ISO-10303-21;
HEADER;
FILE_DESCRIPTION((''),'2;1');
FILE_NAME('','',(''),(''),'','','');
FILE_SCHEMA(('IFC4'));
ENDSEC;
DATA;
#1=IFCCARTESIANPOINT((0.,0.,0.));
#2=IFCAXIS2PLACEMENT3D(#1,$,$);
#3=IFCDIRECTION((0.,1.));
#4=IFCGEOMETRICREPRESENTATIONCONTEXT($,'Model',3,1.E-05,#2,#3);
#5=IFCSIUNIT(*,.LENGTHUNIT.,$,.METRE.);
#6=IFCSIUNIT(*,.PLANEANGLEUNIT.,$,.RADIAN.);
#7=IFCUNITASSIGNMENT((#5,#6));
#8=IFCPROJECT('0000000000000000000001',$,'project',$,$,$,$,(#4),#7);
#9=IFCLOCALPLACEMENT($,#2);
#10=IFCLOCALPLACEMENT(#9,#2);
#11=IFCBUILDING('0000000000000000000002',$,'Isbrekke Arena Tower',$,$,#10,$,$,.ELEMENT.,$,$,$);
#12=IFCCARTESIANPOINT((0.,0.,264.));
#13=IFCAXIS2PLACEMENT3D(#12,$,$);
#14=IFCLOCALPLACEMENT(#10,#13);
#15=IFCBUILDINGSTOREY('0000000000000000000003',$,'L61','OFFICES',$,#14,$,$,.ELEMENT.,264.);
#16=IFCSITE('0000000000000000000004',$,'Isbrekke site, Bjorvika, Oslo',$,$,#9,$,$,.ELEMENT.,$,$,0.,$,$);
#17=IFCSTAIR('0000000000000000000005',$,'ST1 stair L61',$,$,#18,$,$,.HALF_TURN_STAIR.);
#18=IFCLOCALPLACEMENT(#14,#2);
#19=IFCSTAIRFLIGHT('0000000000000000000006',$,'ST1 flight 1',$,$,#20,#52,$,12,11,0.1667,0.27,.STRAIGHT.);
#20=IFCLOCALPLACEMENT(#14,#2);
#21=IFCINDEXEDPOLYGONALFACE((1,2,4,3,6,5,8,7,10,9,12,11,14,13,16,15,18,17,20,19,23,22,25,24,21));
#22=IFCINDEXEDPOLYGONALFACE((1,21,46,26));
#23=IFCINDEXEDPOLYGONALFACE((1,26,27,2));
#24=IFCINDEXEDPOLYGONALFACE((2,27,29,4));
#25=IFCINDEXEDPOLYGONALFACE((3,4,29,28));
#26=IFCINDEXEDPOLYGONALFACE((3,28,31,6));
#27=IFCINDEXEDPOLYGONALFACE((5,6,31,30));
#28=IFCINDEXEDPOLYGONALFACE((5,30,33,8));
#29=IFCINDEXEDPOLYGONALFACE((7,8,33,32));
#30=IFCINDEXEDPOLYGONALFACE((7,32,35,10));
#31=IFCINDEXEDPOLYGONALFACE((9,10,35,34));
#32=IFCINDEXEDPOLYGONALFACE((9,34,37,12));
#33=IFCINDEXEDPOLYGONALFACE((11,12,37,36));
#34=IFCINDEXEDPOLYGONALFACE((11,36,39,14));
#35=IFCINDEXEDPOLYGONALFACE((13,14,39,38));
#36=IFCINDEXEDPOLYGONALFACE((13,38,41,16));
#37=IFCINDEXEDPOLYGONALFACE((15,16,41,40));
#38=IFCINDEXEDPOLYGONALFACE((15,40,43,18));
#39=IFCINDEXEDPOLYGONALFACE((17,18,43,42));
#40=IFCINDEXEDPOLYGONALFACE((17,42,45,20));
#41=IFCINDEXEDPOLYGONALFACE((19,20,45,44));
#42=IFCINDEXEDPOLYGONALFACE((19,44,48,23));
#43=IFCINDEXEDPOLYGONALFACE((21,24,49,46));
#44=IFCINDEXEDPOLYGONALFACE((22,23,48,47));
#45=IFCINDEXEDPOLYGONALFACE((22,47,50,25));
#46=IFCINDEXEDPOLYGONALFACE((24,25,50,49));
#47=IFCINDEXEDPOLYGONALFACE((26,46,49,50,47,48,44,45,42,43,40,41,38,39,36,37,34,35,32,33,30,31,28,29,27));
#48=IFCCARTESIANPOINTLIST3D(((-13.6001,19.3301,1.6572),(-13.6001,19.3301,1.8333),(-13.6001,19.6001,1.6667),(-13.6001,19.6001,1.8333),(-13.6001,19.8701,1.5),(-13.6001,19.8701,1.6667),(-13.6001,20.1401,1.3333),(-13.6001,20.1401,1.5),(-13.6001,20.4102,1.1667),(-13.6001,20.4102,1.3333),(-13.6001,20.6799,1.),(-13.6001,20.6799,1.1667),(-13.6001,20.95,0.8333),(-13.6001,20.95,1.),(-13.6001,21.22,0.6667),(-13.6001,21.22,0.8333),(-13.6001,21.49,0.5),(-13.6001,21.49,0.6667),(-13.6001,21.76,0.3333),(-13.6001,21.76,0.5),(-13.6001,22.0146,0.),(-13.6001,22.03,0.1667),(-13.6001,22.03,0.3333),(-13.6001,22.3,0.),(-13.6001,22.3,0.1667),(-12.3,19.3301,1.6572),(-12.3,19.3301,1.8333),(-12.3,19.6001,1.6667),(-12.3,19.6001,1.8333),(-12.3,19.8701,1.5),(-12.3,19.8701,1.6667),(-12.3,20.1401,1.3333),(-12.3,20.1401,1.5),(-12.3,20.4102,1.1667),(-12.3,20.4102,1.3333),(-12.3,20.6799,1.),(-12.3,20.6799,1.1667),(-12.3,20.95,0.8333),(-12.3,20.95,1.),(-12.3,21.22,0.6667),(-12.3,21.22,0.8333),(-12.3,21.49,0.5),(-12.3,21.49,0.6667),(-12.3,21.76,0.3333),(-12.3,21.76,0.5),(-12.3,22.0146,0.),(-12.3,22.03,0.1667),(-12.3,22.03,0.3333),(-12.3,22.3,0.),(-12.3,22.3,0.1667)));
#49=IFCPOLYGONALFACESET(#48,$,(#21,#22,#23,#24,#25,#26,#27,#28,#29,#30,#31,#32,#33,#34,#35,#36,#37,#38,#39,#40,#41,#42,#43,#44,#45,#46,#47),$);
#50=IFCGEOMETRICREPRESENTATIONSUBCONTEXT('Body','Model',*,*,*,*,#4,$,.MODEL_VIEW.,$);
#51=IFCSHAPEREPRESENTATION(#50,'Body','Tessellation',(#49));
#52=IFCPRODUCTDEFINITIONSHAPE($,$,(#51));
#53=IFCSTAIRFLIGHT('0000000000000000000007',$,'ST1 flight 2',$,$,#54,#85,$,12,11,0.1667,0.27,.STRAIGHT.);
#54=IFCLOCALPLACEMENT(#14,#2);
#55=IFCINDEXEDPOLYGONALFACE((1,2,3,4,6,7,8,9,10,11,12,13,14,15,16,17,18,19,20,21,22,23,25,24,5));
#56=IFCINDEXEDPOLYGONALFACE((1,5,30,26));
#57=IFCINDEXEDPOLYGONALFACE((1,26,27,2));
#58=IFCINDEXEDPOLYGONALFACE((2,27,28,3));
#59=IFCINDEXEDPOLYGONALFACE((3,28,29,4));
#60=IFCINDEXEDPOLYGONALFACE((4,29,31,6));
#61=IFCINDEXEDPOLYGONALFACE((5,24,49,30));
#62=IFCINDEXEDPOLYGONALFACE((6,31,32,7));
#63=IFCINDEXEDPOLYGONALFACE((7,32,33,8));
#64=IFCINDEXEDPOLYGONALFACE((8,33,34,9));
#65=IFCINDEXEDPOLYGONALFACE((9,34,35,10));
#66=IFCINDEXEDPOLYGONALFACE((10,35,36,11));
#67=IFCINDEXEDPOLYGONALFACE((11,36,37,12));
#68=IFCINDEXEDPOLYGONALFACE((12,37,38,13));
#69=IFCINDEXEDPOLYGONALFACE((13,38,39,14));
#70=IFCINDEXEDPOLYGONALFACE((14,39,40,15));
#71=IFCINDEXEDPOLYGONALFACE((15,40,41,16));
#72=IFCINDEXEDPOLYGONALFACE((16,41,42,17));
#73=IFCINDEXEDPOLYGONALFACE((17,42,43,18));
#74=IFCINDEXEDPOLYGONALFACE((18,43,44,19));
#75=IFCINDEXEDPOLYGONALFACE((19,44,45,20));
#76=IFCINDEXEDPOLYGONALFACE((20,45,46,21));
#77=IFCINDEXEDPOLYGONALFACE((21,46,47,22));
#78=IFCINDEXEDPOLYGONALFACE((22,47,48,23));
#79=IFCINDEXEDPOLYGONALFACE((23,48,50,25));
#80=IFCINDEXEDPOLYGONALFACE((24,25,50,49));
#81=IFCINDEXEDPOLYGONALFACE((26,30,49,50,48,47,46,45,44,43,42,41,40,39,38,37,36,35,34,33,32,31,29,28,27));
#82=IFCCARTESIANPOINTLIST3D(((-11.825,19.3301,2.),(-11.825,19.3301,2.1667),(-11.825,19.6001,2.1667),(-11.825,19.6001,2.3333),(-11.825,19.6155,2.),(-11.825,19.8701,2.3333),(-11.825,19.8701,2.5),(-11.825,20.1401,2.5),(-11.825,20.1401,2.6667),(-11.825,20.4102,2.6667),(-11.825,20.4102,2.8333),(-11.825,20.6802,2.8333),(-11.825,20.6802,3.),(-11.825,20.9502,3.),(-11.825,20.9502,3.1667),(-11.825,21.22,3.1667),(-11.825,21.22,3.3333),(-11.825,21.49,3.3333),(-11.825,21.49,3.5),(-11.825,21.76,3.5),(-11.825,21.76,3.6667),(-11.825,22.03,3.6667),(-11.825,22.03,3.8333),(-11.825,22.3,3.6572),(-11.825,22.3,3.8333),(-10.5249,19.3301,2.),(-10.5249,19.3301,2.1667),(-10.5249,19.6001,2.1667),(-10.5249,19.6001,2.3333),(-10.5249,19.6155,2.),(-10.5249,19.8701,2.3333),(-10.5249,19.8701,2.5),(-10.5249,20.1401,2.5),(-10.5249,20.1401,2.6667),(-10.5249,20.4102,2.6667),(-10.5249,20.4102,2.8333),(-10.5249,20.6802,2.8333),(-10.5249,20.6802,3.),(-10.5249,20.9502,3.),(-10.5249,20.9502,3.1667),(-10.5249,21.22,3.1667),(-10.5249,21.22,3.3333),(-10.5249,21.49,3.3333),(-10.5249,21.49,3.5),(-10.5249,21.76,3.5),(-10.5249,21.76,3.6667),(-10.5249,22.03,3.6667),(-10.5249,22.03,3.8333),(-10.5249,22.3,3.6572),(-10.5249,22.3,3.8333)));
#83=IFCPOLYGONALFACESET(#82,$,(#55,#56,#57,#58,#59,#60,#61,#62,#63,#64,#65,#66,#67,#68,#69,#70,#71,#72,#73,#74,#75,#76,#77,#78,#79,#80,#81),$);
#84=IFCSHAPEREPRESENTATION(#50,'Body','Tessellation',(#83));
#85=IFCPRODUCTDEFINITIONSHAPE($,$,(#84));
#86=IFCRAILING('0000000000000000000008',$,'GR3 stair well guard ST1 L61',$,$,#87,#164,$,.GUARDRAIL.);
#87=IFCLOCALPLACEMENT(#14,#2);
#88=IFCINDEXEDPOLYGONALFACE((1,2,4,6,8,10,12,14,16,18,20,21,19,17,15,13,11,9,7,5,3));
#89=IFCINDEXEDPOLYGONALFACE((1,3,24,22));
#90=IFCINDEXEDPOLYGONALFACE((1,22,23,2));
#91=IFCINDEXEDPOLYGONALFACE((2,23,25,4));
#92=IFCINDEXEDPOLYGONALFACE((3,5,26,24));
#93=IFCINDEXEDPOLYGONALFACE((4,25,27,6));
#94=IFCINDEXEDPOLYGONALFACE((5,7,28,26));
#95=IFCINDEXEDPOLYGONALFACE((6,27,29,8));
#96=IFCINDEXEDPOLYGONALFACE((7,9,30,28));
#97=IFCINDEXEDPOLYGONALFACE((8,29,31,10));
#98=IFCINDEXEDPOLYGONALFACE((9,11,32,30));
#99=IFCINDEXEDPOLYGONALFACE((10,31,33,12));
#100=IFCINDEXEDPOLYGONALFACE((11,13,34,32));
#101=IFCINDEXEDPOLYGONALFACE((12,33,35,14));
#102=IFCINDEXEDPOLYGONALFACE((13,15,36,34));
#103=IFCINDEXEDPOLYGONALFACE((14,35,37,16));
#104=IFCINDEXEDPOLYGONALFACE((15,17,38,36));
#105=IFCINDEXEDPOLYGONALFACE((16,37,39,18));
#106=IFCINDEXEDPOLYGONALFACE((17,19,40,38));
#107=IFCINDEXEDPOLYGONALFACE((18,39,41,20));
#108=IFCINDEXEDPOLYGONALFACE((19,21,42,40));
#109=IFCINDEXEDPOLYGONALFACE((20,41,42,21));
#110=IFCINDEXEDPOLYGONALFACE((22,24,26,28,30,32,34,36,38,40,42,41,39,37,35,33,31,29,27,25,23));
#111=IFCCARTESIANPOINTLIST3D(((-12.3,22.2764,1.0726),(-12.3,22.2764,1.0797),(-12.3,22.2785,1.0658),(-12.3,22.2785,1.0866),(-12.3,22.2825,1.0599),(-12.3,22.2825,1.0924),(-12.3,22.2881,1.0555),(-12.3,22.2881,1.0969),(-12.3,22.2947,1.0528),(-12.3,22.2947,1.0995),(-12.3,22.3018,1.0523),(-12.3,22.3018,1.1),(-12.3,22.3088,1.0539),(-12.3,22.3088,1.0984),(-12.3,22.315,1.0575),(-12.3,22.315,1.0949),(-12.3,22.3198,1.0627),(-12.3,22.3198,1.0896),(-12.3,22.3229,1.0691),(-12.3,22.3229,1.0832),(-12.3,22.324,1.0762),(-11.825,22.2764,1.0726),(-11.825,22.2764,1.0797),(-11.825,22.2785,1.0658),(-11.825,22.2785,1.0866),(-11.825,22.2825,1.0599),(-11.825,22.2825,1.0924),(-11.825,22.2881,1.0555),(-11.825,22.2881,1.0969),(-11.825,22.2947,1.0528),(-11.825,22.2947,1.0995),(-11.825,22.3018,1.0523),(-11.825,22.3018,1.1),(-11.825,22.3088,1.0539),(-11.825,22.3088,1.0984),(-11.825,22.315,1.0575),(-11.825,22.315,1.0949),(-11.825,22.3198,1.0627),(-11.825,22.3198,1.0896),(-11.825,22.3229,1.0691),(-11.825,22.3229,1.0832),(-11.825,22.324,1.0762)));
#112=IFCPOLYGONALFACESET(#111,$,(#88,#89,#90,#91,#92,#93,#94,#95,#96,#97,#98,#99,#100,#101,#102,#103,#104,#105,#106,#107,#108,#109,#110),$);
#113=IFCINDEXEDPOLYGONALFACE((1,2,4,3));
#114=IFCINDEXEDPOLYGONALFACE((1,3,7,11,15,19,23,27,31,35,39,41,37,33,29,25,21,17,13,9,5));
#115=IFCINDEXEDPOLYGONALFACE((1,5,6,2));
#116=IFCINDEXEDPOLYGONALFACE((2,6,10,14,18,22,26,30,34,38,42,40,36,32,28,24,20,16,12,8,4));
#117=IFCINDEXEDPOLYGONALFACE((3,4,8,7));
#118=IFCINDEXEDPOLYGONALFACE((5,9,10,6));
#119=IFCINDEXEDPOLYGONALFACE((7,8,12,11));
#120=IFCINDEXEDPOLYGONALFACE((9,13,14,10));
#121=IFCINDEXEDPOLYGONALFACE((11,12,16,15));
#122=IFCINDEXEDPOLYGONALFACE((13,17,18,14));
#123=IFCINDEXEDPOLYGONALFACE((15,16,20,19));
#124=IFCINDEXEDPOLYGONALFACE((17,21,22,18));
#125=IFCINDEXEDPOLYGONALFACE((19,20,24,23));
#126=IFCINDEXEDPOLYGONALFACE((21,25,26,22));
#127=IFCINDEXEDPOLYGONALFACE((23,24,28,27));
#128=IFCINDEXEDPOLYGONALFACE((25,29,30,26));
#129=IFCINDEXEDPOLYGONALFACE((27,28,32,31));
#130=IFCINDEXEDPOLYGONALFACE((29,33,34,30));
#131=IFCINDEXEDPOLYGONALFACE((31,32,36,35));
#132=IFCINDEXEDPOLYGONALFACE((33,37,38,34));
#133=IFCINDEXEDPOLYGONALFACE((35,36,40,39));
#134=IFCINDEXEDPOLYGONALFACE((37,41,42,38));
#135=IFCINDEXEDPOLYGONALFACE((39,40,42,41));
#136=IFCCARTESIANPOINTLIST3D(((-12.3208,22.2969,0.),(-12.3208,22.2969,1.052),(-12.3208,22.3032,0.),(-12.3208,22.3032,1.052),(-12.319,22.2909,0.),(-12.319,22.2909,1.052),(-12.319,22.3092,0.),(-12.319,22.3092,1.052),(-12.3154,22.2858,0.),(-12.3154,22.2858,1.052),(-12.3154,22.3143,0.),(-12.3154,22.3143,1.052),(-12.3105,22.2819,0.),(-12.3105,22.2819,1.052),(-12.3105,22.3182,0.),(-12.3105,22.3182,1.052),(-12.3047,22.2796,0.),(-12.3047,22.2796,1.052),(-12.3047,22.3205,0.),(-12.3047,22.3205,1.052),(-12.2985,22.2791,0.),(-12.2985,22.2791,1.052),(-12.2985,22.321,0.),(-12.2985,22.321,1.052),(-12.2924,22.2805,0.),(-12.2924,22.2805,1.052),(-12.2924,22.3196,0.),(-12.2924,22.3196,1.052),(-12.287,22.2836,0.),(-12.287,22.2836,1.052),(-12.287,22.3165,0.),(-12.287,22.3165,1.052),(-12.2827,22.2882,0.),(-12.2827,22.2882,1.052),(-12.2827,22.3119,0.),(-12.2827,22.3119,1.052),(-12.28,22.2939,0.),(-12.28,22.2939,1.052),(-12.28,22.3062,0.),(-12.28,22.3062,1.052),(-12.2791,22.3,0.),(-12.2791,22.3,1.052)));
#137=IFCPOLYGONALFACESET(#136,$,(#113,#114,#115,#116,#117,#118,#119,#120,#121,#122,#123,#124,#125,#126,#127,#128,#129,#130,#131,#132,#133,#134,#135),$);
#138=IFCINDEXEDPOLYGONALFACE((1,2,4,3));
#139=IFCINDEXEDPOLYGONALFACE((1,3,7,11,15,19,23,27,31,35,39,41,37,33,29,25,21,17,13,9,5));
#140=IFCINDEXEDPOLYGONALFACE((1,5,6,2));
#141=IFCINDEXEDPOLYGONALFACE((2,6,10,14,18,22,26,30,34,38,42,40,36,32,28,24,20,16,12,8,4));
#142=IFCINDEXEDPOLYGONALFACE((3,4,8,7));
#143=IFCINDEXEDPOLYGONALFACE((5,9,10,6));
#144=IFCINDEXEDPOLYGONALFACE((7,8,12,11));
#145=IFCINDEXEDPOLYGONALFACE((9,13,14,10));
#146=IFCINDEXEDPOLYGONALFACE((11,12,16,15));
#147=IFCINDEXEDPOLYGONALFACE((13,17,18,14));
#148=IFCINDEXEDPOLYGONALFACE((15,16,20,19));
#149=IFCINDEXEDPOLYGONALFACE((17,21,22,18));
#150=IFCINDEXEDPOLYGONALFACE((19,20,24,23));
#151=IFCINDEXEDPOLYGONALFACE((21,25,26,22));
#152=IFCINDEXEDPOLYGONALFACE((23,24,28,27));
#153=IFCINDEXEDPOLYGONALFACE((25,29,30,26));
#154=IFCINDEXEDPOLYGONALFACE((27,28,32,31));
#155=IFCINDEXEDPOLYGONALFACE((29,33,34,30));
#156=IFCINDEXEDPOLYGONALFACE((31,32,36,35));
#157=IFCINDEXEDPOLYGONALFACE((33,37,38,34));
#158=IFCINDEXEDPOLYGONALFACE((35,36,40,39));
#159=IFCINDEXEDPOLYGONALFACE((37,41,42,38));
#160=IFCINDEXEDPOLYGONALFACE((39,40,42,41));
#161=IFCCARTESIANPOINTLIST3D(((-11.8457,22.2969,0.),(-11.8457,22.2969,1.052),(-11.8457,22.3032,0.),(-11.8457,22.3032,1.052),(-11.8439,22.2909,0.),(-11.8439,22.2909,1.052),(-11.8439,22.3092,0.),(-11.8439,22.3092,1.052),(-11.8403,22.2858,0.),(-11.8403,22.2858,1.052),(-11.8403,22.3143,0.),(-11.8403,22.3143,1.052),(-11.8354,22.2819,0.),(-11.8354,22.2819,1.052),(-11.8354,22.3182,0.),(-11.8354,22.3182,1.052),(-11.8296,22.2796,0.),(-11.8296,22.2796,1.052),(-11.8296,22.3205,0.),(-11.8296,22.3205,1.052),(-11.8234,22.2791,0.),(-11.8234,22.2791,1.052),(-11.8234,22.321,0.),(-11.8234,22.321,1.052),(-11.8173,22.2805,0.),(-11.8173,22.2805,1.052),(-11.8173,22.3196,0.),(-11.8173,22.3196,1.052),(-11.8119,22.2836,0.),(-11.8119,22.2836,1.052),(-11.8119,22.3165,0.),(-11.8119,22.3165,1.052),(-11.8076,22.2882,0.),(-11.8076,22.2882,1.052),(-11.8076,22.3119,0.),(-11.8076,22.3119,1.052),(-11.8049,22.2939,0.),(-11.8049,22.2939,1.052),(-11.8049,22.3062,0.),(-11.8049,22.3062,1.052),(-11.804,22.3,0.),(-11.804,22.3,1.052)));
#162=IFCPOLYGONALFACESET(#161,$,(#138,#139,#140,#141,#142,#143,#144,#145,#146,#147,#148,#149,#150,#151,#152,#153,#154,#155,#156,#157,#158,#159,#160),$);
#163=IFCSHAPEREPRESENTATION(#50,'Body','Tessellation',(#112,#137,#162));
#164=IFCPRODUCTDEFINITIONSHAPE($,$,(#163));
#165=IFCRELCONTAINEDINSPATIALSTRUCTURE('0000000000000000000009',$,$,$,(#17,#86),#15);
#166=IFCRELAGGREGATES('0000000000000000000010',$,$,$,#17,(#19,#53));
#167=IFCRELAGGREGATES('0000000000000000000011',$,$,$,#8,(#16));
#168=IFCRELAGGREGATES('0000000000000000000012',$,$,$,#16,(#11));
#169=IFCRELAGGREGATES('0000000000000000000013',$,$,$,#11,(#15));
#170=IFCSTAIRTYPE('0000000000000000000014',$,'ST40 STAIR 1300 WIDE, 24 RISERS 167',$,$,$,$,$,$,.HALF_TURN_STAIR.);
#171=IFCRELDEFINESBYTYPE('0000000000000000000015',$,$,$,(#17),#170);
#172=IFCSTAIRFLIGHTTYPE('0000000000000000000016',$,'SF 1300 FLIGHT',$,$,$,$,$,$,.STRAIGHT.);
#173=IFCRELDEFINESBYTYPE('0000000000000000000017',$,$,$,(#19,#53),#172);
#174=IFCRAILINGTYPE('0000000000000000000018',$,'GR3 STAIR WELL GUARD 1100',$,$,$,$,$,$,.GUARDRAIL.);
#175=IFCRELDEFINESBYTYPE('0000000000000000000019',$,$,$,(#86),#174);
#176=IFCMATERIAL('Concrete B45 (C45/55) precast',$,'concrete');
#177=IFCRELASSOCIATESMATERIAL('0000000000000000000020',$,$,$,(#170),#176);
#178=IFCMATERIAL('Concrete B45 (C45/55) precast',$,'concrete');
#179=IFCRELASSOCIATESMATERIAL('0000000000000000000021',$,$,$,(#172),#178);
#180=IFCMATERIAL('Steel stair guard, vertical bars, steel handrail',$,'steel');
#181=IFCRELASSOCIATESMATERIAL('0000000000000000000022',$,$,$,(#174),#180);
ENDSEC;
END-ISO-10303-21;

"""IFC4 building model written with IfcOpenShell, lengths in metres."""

from ifc_helpers import new_model, si_unit, direction, frame, origin, origin_2d, place, context, subcontext, project, spatial, polyline, circle, outline, extrude, material, type_object, element, aggregate, save


model = new_model("IFC4")

# Units and contexts
model_context = context("Model", 3, precision=1e-05, world=origin(), true_north=direction((0.0, 1.0)))
body_context = subcontext(model_context, "Body", "Model", "MODEL_VIEW")
ifc_project = project(units=[si_unit("LENGTHUNIT", "METRE"), si_unit("PLANEANGLEUNIT", "RADIAN")], contexts=[model_context])

# Site, building, storey
site_placement = place(None, origin())
site = spatial("IfcSite", under=ifc_project, at=site_placement, Name="Isbrekke site, Bjorvika, Oslo", CompositionType="ELEMENT", RefElevation=0.0)
building_placement = place(site_placement, origin())
building = spatial("IfcBuilding", under=site, at=building_placement, Name="Isbrekke Arena Tower", CompositionType="ELEMENT")
storey_placement = place(building_placement, frame((0.0, 0.0, 264.0)))
storey = spatial("IfcBuildingStorey", under=building, at=storey_placement, Name="L61", Description="OFFICES", CompositionType="ELEMENT", Elevation=264.0)

# Stair, stair flights
ifc_material_1 = material(Name="Concrete B45 (C45/55) precast", Category="concrete")
stair_type = type_object("IfcStairType", Name="ST40 STAIR 1300 WIDE, 24 RISERS 167", PredefinedType="HALF_TURN_STAIR", material=ifc_material_1)
stair_placement = place(storey_placement, origin())
stair = element("IfcStair", 1, at=stair_placement, inside=storey, type_object=stair_type, Name="ST1 stair L61", PredefinedType="HALF_TURN_STAIR")
ifc_material_2 = material(Name="Concrete B45 (C45/55) precast", Category="concrete")
stair_flight_type = type_object("IfcStairFlightType", Name="SF 1300 FLIGHT", PredefinedType="STRAIGHT", material=ifc_material_2)
stair_flight_1_placement = place(storey_placement, frame((-12.95, 22.3, 0.0), z_axis=(0.0, 0.0, 1.0), x_axis=(0.0, -1.0, 0.0)))
stair_flight_1 = element("IfcStairFlight", 2, at=stair_flight_1_placement, type_object=stair_flight_type, Name="ST1 flight 1", NumberOfRisers=12, NumberOfTreads=11, PredefinedType="STRAIGHT", RiserHeight=0.1667, TreadLength=0.27, context=body_context, shape_type="SweptSolid", body=[
    extrude(outline(polyline([(0.0, 0.0), (0.0, 0.1667), (0.27, 0.1667), (0.27, 0.3333), (0.54, 0.3333), (0.54, 0.5), (0.8101, 0.5), (0.8101, 0.6667), (1.0801, 0.6667), (1.0801, 0.8333), (1.3501, 0.8333), (1.3501, 1.0), (1.6201, 1.0), (1.6201, 1.1667), (1.8899, 1.1667), (1.8899, 1.3333), (2.1599, 1.3333), (2.1599, 1.5), (2.4299, 1.5), (2.4299, 1.6667), (2.7, 1.6667), (2.7, 1.8333), (2.97, 1.8333), (2.97, 2.0), (2.97, 1.6572), (0.2854, 0.0), (0.0, 0.0)])), frame((0.0, 0.6499, 0.0), z_axis=(0.0, -1.0, 0.0), x_axis=(1.0, 0.0, 0.0)), (0.0, 0.0, 1.0), 1.3),
])
stair_flight_2_placement = place(storey_placement, frame((-11.175, 19.3301, 2.0), z_axis=(0.0, 0.0, 1.0), x_axis=(0.0, 1.0, 0.0)))
stair_flight_2 = element("IfcStairFlight", 3, at=stair_flight_2_placement, type_object=stair_flight_type, Name="ST1 flight 2", NumberOfRisers=12, NumberOfTreads=11, PredefinedType="STRAIGHT", RiserHeight=0.1667, TreadLength=0.27, context=body_context, shape_type="SweptSolid", body=[
    extrude(outline(polyline([(0.0, 0.0), (0.0, 0.1667), (0.27, 0.1667), (0.27, 0.3333), (0.54, 0.3333), (0.54, 0.5), (0.8101, 0.5), (0.8101, 0.6667), (1.0801, 0.6667), (1.0801, 0.8333), (1.3501, 0.8333), (1.3501, 1.0), (1.6201, 1.0), (1.6201, 1.1667), (1.8899, 1.1667), (1.8899, 1.3333), (2.1599, 1.3333), (2.1599, 1.5), (2.4299, 1.5), (2.4299, 1.6667), (2.7, 1.6667), (2.7, 1.8333), (2.97, 1.8333), (2.97, 2.0), (2.97, 1.6572), (0.2854, 0.0), (0.0, 0.0)])), frame((0.0, 0.6499, 0.0), z_axis=(0.0, -1.0, 0.0), x_axis=(1.0, 0.0, 0.0)), (0.0, 0.0, 1.0), 1.3),
])
aggregate(stair, [stair_flight_1, stair_flight_2])

# Railing
ifc_material_3 = material(Name="Steel stair guard, vertical bars, steel handrail", Category="steel")
railing_type = type_object("IfcRailingType", Name="GR3 STAIR WELL GUARD 1100", PredefinedType="GUARDRAIL", material=ifc_material_3)
for number, where, name in (
    (4, (-12.3, 22.3, 0.0), "GR3 stair well guard ST1 L61"),
):
    element("IfcRailing", number, at=place(storey_placement, frame(where)), inside=storey, type_object=railing_type, Name=name, PredefinedType="GUARDRAIL", context=body_context, shape_type="SweptSolid", body=[
        extrude(circle(Radius=0.0239, at=origin_2d()), frame((0.0, 0.0, 1.0762), z_axis=(1.0, 0.0, 0.0), x_axis=(0.0, 1.0, 0.0)), (0.0, 0.0, 1.0), 0.4751),
        extrude(circle(Radius=0.021, at=origin_2d()), origin(), (0.0, 0.0, 1.0), 1.052),
        extrude(circle(Radius=0.021, at=origin_2d()), frame((0.4751, 0.0, 0.0)), (0.0, 0.0, 1.0), 1.052),
    ])

save(model, "model.ifc")
